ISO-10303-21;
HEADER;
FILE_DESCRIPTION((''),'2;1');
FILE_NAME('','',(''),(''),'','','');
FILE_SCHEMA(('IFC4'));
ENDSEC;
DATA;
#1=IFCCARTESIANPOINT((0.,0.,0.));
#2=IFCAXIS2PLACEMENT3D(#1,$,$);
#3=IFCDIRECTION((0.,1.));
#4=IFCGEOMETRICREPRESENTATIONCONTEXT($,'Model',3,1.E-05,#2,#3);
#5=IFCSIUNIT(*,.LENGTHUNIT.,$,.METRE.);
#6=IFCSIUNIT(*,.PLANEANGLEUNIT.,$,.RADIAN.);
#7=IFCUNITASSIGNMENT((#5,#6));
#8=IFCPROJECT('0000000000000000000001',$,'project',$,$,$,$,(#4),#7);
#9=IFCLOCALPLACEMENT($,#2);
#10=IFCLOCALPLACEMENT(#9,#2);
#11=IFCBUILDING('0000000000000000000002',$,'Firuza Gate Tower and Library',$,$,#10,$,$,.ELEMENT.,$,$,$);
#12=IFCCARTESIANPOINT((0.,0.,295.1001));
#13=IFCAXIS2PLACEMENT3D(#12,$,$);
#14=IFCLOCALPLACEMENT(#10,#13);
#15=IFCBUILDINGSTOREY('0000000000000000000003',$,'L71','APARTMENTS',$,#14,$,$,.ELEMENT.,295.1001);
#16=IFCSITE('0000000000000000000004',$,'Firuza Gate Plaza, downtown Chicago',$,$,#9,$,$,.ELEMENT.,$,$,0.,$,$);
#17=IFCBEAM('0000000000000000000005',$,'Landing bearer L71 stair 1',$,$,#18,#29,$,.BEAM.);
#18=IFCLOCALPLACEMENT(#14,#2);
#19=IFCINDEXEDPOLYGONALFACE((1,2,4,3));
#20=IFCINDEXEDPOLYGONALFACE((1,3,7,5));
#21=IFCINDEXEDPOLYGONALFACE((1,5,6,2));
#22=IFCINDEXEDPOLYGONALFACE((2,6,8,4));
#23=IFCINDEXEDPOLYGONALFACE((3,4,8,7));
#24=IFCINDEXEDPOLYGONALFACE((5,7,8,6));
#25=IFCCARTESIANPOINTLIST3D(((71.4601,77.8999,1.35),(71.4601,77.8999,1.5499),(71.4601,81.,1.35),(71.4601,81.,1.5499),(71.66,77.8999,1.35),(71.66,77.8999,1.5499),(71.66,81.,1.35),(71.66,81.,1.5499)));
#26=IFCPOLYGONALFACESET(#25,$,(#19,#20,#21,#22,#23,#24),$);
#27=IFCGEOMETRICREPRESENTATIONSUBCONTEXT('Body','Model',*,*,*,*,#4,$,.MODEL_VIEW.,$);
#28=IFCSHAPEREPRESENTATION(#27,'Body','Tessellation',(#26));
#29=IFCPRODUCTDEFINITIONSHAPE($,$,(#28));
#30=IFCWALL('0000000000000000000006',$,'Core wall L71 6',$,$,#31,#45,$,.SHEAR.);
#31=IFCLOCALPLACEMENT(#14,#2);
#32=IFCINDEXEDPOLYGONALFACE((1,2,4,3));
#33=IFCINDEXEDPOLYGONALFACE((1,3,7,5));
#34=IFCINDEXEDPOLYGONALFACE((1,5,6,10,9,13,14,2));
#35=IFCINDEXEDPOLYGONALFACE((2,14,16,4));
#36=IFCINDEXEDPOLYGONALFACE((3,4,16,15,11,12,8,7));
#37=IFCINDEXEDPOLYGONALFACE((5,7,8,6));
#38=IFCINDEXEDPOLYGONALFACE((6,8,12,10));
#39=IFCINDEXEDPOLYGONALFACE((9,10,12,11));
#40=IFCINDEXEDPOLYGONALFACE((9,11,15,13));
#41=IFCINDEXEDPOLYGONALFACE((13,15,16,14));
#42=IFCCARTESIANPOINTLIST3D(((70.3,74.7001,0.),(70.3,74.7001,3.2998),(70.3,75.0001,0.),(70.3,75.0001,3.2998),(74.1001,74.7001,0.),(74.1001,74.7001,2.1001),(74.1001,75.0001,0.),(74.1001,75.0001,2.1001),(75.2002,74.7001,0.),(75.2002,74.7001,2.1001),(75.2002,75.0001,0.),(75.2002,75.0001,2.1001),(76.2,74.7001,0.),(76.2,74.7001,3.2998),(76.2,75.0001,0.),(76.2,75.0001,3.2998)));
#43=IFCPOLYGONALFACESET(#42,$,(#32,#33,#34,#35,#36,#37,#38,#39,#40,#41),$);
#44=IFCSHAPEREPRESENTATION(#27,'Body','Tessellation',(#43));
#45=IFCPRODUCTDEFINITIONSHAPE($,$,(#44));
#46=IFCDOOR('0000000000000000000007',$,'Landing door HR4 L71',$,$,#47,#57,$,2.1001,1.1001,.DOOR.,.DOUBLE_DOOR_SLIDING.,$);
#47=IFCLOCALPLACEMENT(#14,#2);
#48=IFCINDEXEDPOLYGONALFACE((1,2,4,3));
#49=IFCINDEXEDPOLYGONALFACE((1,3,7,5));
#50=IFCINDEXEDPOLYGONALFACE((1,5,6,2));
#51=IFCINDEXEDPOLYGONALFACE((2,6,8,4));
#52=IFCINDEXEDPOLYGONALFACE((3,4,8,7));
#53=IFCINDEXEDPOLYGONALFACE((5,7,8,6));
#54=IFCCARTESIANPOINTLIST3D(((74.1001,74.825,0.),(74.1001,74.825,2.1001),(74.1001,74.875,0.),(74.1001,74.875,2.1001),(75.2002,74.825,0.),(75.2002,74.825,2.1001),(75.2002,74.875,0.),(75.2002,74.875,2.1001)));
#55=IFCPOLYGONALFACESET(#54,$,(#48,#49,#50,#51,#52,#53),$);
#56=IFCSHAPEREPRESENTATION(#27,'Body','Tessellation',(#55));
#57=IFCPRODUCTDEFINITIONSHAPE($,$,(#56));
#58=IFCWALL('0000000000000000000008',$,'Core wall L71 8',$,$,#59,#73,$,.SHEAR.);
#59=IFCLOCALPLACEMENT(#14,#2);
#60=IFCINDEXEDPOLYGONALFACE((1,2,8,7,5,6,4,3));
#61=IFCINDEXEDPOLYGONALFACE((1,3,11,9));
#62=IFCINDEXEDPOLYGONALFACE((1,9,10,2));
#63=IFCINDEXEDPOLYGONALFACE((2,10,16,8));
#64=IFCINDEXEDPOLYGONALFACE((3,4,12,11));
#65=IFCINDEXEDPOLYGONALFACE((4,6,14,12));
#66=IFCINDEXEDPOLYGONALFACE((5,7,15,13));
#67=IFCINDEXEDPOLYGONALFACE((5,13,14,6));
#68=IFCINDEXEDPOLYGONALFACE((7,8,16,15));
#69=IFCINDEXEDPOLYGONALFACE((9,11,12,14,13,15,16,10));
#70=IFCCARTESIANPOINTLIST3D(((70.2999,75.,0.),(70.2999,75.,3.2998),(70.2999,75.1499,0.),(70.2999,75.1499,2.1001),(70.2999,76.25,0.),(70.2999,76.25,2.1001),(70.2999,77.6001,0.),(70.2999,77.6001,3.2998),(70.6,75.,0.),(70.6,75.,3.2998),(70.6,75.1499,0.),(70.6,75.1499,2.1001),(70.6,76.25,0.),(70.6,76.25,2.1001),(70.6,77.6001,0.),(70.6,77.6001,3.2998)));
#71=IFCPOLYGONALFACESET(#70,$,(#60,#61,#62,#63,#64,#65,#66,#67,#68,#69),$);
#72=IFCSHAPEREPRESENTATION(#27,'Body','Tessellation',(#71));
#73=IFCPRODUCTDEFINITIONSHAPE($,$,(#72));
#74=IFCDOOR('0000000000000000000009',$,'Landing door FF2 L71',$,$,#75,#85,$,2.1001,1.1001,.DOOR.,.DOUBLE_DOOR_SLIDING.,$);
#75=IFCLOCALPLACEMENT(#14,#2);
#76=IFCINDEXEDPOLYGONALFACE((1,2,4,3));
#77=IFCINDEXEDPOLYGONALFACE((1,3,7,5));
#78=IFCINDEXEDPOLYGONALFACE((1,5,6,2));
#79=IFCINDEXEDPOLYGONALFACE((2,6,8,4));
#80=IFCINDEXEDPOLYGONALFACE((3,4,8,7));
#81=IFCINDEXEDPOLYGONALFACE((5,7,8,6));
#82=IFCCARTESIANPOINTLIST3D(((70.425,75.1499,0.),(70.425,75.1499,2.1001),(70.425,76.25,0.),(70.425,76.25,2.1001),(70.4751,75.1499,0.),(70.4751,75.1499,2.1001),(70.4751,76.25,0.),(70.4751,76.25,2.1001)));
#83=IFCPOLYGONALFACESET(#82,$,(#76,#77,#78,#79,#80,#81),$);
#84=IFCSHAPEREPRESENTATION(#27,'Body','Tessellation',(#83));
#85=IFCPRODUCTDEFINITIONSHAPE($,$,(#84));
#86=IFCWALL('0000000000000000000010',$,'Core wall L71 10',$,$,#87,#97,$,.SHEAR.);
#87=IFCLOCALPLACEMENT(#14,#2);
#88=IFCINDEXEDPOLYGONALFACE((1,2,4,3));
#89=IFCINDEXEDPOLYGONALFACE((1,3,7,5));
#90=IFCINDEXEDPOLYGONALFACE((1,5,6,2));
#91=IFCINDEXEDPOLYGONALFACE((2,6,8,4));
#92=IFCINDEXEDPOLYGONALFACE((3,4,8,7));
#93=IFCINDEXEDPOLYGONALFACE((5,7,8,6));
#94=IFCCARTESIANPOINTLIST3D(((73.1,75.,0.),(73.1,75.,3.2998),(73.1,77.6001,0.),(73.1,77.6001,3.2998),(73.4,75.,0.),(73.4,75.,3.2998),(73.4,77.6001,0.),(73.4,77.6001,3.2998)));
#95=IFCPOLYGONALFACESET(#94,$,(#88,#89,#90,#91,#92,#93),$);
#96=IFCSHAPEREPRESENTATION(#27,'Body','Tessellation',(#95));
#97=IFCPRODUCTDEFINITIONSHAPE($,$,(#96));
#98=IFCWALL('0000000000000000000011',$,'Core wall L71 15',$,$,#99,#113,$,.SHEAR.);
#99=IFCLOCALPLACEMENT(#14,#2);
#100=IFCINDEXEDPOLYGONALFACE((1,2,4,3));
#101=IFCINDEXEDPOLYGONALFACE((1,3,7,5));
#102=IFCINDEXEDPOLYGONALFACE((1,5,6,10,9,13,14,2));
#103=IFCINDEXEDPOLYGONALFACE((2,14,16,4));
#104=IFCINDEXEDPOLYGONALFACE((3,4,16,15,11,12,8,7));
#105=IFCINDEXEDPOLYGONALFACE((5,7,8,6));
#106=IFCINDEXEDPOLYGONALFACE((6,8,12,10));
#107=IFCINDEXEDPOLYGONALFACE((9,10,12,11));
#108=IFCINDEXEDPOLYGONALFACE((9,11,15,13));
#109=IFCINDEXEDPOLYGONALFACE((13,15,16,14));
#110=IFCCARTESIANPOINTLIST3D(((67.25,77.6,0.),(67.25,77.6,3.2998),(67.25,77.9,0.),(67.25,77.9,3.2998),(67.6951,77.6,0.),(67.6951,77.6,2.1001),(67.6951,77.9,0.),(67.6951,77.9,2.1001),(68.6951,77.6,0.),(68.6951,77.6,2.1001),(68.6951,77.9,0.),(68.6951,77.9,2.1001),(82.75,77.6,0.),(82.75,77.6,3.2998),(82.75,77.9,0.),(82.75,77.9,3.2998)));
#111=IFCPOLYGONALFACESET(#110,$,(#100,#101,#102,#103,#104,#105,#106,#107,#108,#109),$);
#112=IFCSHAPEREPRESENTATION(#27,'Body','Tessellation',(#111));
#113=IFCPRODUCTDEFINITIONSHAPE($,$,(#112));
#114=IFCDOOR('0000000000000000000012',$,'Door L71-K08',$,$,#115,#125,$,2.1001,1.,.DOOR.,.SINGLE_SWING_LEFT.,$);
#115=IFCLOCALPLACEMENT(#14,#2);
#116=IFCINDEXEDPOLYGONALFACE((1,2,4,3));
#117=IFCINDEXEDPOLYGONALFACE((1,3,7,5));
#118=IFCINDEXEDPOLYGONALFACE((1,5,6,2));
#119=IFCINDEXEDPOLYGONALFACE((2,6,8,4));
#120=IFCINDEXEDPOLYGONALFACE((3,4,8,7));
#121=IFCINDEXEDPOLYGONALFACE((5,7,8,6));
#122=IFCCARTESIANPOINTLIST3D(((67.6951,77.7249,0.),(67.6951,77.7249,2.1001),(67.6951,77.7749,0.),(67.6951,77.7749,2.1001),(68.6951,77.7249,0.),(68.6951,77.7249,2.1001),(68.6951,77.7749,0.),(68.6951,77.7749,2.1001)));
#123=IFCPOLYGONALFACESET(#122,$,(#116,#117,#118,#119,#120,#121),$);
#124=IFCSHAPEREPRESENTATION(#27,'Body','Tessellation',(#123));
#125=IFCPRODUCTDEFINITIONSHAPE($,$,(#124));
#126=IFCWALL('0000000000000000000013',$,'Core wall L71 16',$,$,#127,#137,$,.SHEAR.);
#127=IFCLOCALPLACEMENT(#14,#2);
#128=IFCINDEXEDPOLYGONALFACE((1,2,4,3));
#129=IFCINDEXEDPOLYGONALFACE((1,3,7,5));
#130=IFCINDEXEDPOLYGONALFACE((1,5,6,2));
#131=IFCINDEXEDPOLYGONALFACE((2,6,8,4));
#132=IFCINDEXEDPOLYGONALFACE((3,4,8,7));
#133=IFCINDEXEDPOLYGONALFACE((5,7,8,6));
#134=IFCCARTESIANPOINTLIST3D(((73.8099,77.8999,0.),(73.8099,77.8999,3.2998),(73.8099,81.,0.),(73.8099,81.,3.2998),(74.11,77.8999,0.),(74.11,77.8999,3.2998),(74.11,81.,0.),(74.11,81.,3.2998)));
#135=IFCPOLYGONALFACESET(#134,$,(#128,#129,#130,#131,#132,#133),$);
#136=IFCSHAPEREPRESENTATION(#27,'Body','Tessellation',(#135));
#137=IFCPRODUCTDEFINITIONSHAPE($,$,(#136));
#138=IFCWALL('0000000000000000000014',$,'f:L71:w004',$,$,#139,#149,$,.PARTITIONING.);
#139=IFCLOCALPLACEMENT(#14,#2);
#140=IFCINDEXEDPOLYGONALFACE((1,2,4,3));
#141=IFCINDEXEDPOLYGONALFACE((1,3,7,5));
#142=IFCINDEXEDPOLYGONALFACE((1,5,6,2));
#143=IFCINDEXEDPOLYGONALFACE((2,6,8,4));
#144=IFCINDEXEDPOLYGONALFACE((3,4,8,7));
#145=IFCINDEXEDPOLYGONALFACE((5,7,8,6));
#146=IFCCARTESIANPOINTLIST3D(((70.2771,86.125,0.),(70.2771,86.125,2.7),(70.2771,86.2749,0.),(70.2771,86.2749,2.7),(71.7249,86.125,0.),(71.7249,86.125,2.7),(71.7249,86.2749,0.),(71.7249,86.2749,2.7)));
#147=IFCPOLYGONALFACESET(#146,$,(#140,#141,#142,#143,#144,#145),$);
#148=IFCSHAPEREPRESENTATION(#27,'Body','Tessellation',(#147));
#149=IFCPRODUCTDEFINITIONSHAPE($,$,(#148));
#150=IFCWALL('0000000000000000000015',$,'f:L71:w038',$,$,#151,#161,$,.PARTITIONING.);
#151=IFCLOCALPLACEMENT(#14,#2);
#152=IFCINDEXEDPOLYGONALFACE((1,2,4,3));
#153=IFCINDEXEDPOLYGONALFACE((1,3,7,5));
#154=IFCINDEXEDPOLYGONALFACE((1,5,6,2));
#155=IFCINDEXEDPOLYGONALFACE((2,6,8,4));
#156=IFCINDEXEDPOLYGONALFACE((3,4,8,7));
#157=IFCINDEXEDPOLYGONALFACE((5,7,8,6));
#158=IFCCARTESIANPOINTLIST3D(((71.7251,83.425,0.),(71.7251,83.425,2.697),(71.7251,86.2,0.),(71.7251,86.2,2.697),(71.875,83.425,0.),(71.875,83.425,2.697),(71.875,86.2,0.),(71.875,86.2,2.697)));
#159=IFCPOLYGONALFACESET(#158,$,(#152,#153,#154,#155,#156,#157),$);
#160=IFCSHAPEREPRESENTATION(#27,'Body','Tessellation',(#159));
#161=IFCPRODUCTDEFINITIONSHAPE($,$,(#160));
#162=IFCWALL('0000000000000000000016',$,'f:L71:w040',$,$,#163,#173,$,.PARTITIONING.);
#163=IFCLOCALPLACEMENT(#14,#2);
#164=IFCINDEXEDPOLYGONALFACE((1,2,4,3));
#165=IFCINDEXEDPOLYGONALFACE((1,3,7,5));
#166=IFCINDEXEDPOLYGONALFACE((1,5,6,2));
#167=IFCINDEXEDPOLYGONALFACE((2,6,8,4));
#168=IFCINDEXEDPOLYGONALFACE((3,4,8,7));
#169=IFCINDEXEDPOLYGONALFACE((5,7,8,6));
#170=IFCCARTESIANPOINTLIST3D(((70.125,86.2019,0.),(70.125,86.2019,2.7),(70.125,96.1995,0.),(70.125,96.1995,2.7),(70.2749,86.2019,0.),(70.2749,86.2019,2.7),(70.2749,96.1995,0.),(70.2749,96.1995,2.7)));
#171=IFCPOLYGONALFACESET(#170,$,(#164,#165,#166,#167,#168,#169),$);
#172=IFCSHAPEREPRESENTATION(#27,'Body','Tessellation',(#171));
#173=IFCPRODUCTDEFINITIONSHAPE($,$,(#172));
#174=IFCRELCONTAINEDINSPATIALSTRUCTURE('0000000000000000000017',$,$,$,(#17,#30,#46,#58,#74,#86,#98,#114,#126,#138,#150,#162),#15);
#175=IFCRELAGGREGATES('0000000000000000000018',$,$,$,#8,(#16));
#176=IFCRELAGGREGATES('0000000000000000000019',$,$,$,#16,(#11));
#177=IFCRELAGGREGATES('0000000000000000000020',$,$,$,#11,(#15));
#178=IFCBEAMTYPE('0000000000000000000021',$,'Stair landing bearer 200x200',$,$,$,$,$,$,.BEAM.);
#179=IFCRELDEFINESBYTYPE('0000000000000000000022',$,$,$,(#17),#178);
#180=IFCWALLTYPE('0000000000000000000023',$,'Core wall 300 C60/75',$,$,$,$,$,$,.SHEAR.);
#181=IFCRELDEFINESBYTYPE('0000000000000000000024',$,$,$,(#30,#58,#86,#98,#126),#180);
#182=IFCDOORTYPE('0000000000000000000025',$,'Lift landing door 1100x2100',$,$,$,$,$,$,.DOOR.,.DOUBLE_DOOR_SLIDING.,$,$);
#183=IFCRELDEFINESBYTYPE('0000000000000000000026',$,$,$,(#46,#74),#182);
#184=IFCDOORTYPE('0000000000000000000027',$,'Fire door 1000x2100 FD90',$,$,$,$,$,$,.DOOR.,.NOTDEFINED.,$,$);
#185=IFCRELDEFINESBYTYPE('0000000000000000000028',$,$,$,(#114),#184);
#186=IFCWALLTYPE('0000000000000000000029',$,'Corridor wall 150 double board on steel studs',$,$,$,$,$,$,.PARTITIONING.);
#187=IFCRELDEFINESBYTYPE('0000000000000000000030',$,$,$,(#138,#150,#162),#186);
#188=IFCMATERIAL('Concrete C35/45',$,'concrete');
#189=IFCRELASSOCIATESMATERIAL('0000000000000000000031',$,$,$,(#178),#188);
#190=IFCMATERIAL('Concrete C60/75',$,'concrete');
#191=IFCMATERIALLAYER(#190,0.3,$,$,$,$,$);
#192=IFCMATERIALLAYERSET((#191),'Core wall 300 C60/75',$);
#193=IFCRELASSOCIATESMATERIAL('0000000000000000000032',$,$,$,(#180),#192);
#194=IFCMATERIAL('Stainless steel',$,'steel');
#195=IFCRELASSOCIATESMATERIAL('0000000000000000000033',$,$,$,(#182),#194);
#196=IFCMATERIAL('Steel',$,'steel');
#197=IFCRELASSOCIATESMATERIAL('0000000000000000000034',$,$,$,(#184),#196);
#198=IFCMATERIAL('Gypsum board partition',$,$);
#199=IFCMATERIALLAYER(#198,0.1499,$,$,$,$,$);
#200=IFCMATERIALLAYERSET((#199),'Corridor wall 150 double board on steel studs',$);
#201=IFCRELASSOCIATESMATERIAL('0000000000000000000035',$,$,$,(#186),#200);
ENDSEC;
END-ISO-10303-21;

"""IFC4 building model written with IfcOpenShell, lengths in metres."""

from ifc_helpers import new_model, si_unit, direction, frame, frame_2d, origin, origin_2d, place, context, subcontext, project, spatial, rectangle, extrude, material, layer, layer_set, material_profile, profile_set, type_object, element, fill, save


model = new_model("IFC4")

# Units and contexts
model_context = context("Model", 3, precision=1e-05, world=origin(), true_north=direction((0.0, 1.0)))
body_context = subcontext(model_context, "Body", "Model", "MODEL_VIEW")
ifc_project = project(units=[si_unit("LENGTHUNIT", "METRE"), si_unit("PLANEANGLEUNIT", "RADIAN")], contexts=[model_context])

# Site, building, storey
site_placement = place(None, origin())
site = spatial("IfcSite", under=ifc_project, at=site_placement, Name="Firuza Gate Plaza, downtown Chicago", CompositionType="ELEMENT", RefElevation=0.0)
building_placement = place(site_placement, origin())
building = spatial("IfcBuilding", under=site, at=building_placement, Name="Firuza Gate Tower and Library", CompositionType="ELEMENT")
storey_placement = place(building_placement, frame((0.0, 0.0, 295.1001)))
storey = spatial("IfcBuildingStorey", under=building, at=storey_placement, Name="L71", Description="APARTMENTS", CompositionType="ELEMENT", Elevation=295.1001)

# Beam
ifc_material_1 = material(Name="Concrete C35/45", Category="concrete")
ifc_material_profile = material_profile(ifc_material_1, rectangle(XDim=0.2, YDim=0.2, at=origin_2d()))
ifc_profile_set = profile_set([ifc_material_profile], Name="Concrete C35/45")
beam_type = type_object("IfcBeamType", Name="Stair landing bearer 200x200", PredefinedType="BEAM", material=ifc_profile_set)
beam_placement = place(storey_placement, frame((71.5601, 77.8999, 1.45), z_axis=(0.0, 1.0, 0.0), x_axis=(-1.0, 0.0, 0.0)))
element("IfcBeam", 1, at=beam_placement, inside=storey, type_object=beam_type, Name="Landing bearer L71 stair 1", PredefinedType="BEAM", context=body_context, shape_type="SweptSolid", body=[
    extrude(rectangle(XDim=0.2, YDim=0.2, at=origin_2d()), origin(), (0.0, 0.0, 1.0), 3.1001),
])

# Walls, openings, doors
ifc_material_2 = material(Name="Concrete C60/75", Category="concrete")
ifc_layer_1 = layer(ifc_material_2, 0.3)
ifc_layer_set_1 = layer_set([ifc_layer_1], Name="Core wall 300 C60/75")
wall_type_1 = type_object("IfcWallType", Name="Core wall 300 C60/75", PredefinedType="SHEAR", material=ifc_layer_set_1)
wall_1_placement = place(storey_placement, frame((70.3, 74.8501, 0.0), z_axis=(0.0, 0.0, 1.0), x_axis=(1.0, 0.0, 0.0)))
wall_1 = element("IfcWall", 2, at=wall_1_placement, inside=storey, type_object=wall_type_1, Name="Core wall L71 6", PredefinedType="SHEAR", context=body_context, shape_type="SweptSolid", body=[
    extrude(rectangle(XDim=5.8999, YDim=0.3, at=frame_2d((2.95, 0.0))), origin(), (0.0, 0.0, 1.0), 3.2998),
])
opening_1_placement = place(wall_1_placement, frame((3.8, 0.0, 0.0)))
opening_1 = element("IfcOpeningElement", 3, at=opening_1_placement, cuts=wall_1, PredefinedType="OPENING", context=body_context, shape_type="SweptSolid", body=[
    extrude(rectangle(XDim=1.1001, YDim=2.1001, at=frame_2d((0.55, 1.05))), frame((0.0, 0.1602, 0.0), z_axis=(0.0, -1.0, 0.0), x_axis=(1.0, 0.0, 0.0)), (0.0, 0.0, 1.0), 0.3201),
])
ifc_material_3 = material(Name="Stainless steel", Category="steel")
door_type_1 = type_object("IfcDoorType", Name="Lift landing door 1100x2100", OperationType="DOUBLE_DOOR_SLIDING", PredefinedType="DOOR", material=ifc_material_3)
door_1_placement = place(opening_1_placement, origin())
door_1 = element("IfcDoor", 4, at=door_1_placement, inside=storey, type_object=door_type_1, Name="Landing door HR4 L71", OperationType="DOUBLE_DOOR_SLIDING", OverallHeight=2.1001, OverallWidth=1.1001, PredefinedType="DOOR", context=body_context, shape_type="SweptSolid", body=[
    extrude(rectangle(XDim=1.1001, YDim=2.1001, at=frame_2d((0.55, 1.05))), frame((0.0, 0.0249, 0.0), z_axis=(0.0, -1.0, 0.0), x_axis=(1.0, 0.0, 0.0)), (0.0, 0.0, 1.0), 0.05),
])
fill(opening_1, door_1)
wall_2_placement = place(storey_placement, frame((70.45, 75.0, 0.0), z_axis=(0.0, 0.0, 1.0), x_axis=(0.0, 1.0, 0.0)))
wall_2 = element("IfcWall", 5, at=wall_2_placement, inside=storey, type_object=wall_type_1, Name="Core wall L71 8", PredefinedType="SHEAR", context=body_context, shape_type="SweptSolid", body=[
    extrude(rectangle(XDim=2.6001, YDim=0.3, at=frame_2d((1.3, 0.0))), origin(), (0.0, 0.0, 1.0), 3.2998),
])
opening_2_placement = place(wall_2_placement, frame((0.1499, 0.0, 0.0)))
opening_2 = element("IfcOpeningElement", 6, at=opening_2_placement, cuts=wall_2, PredefinedType="OPENING", context=body_context, shape_type="SweptSolid", body=[
    extrude(rectangle(XDim=1.1001, YDim=2.1001, at=frame_2d((0.55, 1.05))), frame((0.0, 0.1602, 0.0), z_axis=(0.0, -1.0, 0.0), x_axis=(1.0, 0.0, 0.0)), (0.0, 0.0, 1.0), 0.3201),
])
door_2_placement = place(opening_2_placement, origin())
door_2 = element("IfcDoor", 7, at=door_2_placement, inside=storey, type_object=door_type_1, Name="Landing door FF2 L71", OperationType="DOUBLE_DOOR_SLIDING", OverallHeight=2.1001, OverallWidth=1.1001, PredefinedType="DOOR", context=body_context, shape_type="SweptSolid", body=[
    extrude(rectangle(XDim=1.1001, YDim=2.1001, at=frame_2d((0.55, 1.05))), frame((0.0, 0.0249, 0.0), z_axis=(0.0, -1.0, 0.0), x_axis=(1.0, 0.0, 0.0)), (0.0, 0.0, 1.0), 0.05),
])
fill(opening_2, door_2)

# Wall
wall_3_placement = place(storey_placement, frame((73.25, 75.0, 0.0), z_axis=(0.0, 0.0, 1.0), x_axis=(0.0, 1.0, 0.0)))
element("IfcWall", 8, at=wall_3_placement, inside=storey, type_object=wall_type_1, Name="Core wall L71 10", PredefinedType="SHEAR", context=body_context, shape_type="SweptSolid", body=[
    extrude(rectangle(XDim=2.6001, YDim=0.3, at=frame_2d((1.3, 0.0))), origin(), (0.0, 0.0, 1.0), 3.2998),
])

# Wall, opening, door
wall_4_placement = place(storey_placement, frame((67.25, 77.75, 0.0), z_axis=(0.0, 0.0, 1.0), x_axis=(1.0, 0.0, 0.0)))
wall_4 = element("IfcWall", 9, at=wall_4_placement, inside=storey, type_object=wall_type_1, Name="Core wall L71 15", PredefinedType="SHEAR", context=body_context, shape_type="SweptSolid", body=[
    extrude(rectangle(XDim=15.5, YDim=0.3, at=frame_2d((7.75, 0.0))), origin(), (0.0, 0.0, 1.0), 3.2998),
])
opening_3_placement = place(wall_4_placement, frame((0.4451, 0.0, 0.0)))
opening_3 = element("IfcOpeningElement", 10, at=opening_3_placement, cuts=wall_4, PredefinedType="OPENING", context=body_context, shape_type="SweptSolid", body=[
    extrude(rectangle(XDim=1.0, YDim=2.1001, at=frame_2d((0.5, 1.05))), frame((0.0, 0.1602, 0.0), z_axis=(0.0, -1.0, 0.0), x_axis=(1.0, 0.0, 0.0)), (0.0, 0.0, 1.0), 0.3201),
])
ifc_material_4 = material(Name="Steel", Category="steel")
door_type_2 = type_object("IfcDoorType", Name="Fire door 1000x2100 FD90", OperationType="NOTDEFINED", PredefinedType="DOOR", material=ifc_material_4)
door_3_placement = place(opening_3_placement, origin())
door_3 = element("IfcDoor", 11, at=door_3_placement, inside=storey, type_object=door_type_2, Name="Door L71-K08", OperationType="SINGLE_SWING_LEFT", OverallHeight=2.1001, OverallWidth=1.0, PredefinedType="DOOR", context=body_context, shape_type="SweptSolid", body=[
    extrude(rectangle(XDim=1.0, YDim=2.1001, at=frame_2d((0.5, 1.05))), frame((0.0, 0.0249, 0.0), z_axis=(0.0, -1.0, 0.0), x_axis=(1.0, 0.0, 0.0)), (0.0, 0.0, 1.0), 0.05),
])
fill(opening_3, door_3)

# Walls
wall_5_placement = place(storey_placement, frame((73.96, 77.8999, 0.0), z_axis=(0.0, 0.0, 1.0), x_axis=(0.0, 1.0, 0.0)))
element("IfcWall", 12, at=wall_5_placement, inside=storey, type_object=wall_type_1, Name="Core wall L71 16", PredefinedType="SHEAR", context=body_context, shape_type="SweptSolid", body=[
    extrude(rectangle(XDim=3.1001, YDim=0.3, at=frame_2d((1.55, 0.0))), origin(), (0.0, 0.0, 1.0), 3.2998),
])
ifc_material_5 = material(Name="Gypsum board partition")
ifc_layer_2 = layer(ifc_material_5, 0.1499)
ifc_layer_set_2 = layer_set([ifc_layer_2], Name="Corridor wall 150 double board on steel studs")
wall_type_2 = type_object("IfcWallType", Name="Corridor wall 150 double board on steel studs", PredefinedType="PARTITIONING", material=ifc_layer_set_2)
wall_6_placement = place(storey_placement, frame((70.2771, 86.2, 0.0), z_axis=(0.0, 0.0, 1.0), x_axis=(1.0, 0.0, 0.0)))
element("IfcWall", 13, at=wall_6_placement, inside=storey, type_object=wall_type_2, Name="f:L71:w004", PredefinedType="PARTITIONING", context=body_context, shape_type="SweptSolid", body=[
    extrude(rectangle(XDim=1.4478, YDim=0.1499, at=frame_2d((0.7239, 0.0))), origin(), (0.0, 0.0, 1.0), 2.7),
])
wall_7_placement = place(storey_placement, frame((71.8, 83.425, 0.0), z_axis=(0.0, 0.0, 1.0), x_axis=(0.0, 1.0, 0.0)))
element("IfcWall", 14, at=wall_7_placement, inside=storey, type_object=wall_type_2, Name="f:L71:w038", PredefinedType="PARTITIONING", context=body_context, shape_type="SweptSolid", body=[
    extrude(rectangle(XDim=2.7749, YDim=0.1499, at=frame_2d((1.3875, 0.0))), origin(), (0.0, 0.0, 1.0), 2.697),
])
wall_8_placement = place(storey_placement, frame((70.2, 86.2019, 0.0), z_axis=(0.0, 0.0, 1.0), x_axis=(0.0, 1.0, 0.0)))
element("IfcWall", 15, at=wall_8_placement, inside=storey, type_object=wall_type_2, Name="f:L71:w040", PredefinedType="PARTITIONING", context=body_context, shape_type="SweptSolid", body=[
    extrude(rectangle(XDim=9.9976, YDim=0.1499, at=frame_2d((4.9988, 0.0))), origin(), (0.0, 0.0, 1.0), 2.7),
])

save(model, "model.ifc")
